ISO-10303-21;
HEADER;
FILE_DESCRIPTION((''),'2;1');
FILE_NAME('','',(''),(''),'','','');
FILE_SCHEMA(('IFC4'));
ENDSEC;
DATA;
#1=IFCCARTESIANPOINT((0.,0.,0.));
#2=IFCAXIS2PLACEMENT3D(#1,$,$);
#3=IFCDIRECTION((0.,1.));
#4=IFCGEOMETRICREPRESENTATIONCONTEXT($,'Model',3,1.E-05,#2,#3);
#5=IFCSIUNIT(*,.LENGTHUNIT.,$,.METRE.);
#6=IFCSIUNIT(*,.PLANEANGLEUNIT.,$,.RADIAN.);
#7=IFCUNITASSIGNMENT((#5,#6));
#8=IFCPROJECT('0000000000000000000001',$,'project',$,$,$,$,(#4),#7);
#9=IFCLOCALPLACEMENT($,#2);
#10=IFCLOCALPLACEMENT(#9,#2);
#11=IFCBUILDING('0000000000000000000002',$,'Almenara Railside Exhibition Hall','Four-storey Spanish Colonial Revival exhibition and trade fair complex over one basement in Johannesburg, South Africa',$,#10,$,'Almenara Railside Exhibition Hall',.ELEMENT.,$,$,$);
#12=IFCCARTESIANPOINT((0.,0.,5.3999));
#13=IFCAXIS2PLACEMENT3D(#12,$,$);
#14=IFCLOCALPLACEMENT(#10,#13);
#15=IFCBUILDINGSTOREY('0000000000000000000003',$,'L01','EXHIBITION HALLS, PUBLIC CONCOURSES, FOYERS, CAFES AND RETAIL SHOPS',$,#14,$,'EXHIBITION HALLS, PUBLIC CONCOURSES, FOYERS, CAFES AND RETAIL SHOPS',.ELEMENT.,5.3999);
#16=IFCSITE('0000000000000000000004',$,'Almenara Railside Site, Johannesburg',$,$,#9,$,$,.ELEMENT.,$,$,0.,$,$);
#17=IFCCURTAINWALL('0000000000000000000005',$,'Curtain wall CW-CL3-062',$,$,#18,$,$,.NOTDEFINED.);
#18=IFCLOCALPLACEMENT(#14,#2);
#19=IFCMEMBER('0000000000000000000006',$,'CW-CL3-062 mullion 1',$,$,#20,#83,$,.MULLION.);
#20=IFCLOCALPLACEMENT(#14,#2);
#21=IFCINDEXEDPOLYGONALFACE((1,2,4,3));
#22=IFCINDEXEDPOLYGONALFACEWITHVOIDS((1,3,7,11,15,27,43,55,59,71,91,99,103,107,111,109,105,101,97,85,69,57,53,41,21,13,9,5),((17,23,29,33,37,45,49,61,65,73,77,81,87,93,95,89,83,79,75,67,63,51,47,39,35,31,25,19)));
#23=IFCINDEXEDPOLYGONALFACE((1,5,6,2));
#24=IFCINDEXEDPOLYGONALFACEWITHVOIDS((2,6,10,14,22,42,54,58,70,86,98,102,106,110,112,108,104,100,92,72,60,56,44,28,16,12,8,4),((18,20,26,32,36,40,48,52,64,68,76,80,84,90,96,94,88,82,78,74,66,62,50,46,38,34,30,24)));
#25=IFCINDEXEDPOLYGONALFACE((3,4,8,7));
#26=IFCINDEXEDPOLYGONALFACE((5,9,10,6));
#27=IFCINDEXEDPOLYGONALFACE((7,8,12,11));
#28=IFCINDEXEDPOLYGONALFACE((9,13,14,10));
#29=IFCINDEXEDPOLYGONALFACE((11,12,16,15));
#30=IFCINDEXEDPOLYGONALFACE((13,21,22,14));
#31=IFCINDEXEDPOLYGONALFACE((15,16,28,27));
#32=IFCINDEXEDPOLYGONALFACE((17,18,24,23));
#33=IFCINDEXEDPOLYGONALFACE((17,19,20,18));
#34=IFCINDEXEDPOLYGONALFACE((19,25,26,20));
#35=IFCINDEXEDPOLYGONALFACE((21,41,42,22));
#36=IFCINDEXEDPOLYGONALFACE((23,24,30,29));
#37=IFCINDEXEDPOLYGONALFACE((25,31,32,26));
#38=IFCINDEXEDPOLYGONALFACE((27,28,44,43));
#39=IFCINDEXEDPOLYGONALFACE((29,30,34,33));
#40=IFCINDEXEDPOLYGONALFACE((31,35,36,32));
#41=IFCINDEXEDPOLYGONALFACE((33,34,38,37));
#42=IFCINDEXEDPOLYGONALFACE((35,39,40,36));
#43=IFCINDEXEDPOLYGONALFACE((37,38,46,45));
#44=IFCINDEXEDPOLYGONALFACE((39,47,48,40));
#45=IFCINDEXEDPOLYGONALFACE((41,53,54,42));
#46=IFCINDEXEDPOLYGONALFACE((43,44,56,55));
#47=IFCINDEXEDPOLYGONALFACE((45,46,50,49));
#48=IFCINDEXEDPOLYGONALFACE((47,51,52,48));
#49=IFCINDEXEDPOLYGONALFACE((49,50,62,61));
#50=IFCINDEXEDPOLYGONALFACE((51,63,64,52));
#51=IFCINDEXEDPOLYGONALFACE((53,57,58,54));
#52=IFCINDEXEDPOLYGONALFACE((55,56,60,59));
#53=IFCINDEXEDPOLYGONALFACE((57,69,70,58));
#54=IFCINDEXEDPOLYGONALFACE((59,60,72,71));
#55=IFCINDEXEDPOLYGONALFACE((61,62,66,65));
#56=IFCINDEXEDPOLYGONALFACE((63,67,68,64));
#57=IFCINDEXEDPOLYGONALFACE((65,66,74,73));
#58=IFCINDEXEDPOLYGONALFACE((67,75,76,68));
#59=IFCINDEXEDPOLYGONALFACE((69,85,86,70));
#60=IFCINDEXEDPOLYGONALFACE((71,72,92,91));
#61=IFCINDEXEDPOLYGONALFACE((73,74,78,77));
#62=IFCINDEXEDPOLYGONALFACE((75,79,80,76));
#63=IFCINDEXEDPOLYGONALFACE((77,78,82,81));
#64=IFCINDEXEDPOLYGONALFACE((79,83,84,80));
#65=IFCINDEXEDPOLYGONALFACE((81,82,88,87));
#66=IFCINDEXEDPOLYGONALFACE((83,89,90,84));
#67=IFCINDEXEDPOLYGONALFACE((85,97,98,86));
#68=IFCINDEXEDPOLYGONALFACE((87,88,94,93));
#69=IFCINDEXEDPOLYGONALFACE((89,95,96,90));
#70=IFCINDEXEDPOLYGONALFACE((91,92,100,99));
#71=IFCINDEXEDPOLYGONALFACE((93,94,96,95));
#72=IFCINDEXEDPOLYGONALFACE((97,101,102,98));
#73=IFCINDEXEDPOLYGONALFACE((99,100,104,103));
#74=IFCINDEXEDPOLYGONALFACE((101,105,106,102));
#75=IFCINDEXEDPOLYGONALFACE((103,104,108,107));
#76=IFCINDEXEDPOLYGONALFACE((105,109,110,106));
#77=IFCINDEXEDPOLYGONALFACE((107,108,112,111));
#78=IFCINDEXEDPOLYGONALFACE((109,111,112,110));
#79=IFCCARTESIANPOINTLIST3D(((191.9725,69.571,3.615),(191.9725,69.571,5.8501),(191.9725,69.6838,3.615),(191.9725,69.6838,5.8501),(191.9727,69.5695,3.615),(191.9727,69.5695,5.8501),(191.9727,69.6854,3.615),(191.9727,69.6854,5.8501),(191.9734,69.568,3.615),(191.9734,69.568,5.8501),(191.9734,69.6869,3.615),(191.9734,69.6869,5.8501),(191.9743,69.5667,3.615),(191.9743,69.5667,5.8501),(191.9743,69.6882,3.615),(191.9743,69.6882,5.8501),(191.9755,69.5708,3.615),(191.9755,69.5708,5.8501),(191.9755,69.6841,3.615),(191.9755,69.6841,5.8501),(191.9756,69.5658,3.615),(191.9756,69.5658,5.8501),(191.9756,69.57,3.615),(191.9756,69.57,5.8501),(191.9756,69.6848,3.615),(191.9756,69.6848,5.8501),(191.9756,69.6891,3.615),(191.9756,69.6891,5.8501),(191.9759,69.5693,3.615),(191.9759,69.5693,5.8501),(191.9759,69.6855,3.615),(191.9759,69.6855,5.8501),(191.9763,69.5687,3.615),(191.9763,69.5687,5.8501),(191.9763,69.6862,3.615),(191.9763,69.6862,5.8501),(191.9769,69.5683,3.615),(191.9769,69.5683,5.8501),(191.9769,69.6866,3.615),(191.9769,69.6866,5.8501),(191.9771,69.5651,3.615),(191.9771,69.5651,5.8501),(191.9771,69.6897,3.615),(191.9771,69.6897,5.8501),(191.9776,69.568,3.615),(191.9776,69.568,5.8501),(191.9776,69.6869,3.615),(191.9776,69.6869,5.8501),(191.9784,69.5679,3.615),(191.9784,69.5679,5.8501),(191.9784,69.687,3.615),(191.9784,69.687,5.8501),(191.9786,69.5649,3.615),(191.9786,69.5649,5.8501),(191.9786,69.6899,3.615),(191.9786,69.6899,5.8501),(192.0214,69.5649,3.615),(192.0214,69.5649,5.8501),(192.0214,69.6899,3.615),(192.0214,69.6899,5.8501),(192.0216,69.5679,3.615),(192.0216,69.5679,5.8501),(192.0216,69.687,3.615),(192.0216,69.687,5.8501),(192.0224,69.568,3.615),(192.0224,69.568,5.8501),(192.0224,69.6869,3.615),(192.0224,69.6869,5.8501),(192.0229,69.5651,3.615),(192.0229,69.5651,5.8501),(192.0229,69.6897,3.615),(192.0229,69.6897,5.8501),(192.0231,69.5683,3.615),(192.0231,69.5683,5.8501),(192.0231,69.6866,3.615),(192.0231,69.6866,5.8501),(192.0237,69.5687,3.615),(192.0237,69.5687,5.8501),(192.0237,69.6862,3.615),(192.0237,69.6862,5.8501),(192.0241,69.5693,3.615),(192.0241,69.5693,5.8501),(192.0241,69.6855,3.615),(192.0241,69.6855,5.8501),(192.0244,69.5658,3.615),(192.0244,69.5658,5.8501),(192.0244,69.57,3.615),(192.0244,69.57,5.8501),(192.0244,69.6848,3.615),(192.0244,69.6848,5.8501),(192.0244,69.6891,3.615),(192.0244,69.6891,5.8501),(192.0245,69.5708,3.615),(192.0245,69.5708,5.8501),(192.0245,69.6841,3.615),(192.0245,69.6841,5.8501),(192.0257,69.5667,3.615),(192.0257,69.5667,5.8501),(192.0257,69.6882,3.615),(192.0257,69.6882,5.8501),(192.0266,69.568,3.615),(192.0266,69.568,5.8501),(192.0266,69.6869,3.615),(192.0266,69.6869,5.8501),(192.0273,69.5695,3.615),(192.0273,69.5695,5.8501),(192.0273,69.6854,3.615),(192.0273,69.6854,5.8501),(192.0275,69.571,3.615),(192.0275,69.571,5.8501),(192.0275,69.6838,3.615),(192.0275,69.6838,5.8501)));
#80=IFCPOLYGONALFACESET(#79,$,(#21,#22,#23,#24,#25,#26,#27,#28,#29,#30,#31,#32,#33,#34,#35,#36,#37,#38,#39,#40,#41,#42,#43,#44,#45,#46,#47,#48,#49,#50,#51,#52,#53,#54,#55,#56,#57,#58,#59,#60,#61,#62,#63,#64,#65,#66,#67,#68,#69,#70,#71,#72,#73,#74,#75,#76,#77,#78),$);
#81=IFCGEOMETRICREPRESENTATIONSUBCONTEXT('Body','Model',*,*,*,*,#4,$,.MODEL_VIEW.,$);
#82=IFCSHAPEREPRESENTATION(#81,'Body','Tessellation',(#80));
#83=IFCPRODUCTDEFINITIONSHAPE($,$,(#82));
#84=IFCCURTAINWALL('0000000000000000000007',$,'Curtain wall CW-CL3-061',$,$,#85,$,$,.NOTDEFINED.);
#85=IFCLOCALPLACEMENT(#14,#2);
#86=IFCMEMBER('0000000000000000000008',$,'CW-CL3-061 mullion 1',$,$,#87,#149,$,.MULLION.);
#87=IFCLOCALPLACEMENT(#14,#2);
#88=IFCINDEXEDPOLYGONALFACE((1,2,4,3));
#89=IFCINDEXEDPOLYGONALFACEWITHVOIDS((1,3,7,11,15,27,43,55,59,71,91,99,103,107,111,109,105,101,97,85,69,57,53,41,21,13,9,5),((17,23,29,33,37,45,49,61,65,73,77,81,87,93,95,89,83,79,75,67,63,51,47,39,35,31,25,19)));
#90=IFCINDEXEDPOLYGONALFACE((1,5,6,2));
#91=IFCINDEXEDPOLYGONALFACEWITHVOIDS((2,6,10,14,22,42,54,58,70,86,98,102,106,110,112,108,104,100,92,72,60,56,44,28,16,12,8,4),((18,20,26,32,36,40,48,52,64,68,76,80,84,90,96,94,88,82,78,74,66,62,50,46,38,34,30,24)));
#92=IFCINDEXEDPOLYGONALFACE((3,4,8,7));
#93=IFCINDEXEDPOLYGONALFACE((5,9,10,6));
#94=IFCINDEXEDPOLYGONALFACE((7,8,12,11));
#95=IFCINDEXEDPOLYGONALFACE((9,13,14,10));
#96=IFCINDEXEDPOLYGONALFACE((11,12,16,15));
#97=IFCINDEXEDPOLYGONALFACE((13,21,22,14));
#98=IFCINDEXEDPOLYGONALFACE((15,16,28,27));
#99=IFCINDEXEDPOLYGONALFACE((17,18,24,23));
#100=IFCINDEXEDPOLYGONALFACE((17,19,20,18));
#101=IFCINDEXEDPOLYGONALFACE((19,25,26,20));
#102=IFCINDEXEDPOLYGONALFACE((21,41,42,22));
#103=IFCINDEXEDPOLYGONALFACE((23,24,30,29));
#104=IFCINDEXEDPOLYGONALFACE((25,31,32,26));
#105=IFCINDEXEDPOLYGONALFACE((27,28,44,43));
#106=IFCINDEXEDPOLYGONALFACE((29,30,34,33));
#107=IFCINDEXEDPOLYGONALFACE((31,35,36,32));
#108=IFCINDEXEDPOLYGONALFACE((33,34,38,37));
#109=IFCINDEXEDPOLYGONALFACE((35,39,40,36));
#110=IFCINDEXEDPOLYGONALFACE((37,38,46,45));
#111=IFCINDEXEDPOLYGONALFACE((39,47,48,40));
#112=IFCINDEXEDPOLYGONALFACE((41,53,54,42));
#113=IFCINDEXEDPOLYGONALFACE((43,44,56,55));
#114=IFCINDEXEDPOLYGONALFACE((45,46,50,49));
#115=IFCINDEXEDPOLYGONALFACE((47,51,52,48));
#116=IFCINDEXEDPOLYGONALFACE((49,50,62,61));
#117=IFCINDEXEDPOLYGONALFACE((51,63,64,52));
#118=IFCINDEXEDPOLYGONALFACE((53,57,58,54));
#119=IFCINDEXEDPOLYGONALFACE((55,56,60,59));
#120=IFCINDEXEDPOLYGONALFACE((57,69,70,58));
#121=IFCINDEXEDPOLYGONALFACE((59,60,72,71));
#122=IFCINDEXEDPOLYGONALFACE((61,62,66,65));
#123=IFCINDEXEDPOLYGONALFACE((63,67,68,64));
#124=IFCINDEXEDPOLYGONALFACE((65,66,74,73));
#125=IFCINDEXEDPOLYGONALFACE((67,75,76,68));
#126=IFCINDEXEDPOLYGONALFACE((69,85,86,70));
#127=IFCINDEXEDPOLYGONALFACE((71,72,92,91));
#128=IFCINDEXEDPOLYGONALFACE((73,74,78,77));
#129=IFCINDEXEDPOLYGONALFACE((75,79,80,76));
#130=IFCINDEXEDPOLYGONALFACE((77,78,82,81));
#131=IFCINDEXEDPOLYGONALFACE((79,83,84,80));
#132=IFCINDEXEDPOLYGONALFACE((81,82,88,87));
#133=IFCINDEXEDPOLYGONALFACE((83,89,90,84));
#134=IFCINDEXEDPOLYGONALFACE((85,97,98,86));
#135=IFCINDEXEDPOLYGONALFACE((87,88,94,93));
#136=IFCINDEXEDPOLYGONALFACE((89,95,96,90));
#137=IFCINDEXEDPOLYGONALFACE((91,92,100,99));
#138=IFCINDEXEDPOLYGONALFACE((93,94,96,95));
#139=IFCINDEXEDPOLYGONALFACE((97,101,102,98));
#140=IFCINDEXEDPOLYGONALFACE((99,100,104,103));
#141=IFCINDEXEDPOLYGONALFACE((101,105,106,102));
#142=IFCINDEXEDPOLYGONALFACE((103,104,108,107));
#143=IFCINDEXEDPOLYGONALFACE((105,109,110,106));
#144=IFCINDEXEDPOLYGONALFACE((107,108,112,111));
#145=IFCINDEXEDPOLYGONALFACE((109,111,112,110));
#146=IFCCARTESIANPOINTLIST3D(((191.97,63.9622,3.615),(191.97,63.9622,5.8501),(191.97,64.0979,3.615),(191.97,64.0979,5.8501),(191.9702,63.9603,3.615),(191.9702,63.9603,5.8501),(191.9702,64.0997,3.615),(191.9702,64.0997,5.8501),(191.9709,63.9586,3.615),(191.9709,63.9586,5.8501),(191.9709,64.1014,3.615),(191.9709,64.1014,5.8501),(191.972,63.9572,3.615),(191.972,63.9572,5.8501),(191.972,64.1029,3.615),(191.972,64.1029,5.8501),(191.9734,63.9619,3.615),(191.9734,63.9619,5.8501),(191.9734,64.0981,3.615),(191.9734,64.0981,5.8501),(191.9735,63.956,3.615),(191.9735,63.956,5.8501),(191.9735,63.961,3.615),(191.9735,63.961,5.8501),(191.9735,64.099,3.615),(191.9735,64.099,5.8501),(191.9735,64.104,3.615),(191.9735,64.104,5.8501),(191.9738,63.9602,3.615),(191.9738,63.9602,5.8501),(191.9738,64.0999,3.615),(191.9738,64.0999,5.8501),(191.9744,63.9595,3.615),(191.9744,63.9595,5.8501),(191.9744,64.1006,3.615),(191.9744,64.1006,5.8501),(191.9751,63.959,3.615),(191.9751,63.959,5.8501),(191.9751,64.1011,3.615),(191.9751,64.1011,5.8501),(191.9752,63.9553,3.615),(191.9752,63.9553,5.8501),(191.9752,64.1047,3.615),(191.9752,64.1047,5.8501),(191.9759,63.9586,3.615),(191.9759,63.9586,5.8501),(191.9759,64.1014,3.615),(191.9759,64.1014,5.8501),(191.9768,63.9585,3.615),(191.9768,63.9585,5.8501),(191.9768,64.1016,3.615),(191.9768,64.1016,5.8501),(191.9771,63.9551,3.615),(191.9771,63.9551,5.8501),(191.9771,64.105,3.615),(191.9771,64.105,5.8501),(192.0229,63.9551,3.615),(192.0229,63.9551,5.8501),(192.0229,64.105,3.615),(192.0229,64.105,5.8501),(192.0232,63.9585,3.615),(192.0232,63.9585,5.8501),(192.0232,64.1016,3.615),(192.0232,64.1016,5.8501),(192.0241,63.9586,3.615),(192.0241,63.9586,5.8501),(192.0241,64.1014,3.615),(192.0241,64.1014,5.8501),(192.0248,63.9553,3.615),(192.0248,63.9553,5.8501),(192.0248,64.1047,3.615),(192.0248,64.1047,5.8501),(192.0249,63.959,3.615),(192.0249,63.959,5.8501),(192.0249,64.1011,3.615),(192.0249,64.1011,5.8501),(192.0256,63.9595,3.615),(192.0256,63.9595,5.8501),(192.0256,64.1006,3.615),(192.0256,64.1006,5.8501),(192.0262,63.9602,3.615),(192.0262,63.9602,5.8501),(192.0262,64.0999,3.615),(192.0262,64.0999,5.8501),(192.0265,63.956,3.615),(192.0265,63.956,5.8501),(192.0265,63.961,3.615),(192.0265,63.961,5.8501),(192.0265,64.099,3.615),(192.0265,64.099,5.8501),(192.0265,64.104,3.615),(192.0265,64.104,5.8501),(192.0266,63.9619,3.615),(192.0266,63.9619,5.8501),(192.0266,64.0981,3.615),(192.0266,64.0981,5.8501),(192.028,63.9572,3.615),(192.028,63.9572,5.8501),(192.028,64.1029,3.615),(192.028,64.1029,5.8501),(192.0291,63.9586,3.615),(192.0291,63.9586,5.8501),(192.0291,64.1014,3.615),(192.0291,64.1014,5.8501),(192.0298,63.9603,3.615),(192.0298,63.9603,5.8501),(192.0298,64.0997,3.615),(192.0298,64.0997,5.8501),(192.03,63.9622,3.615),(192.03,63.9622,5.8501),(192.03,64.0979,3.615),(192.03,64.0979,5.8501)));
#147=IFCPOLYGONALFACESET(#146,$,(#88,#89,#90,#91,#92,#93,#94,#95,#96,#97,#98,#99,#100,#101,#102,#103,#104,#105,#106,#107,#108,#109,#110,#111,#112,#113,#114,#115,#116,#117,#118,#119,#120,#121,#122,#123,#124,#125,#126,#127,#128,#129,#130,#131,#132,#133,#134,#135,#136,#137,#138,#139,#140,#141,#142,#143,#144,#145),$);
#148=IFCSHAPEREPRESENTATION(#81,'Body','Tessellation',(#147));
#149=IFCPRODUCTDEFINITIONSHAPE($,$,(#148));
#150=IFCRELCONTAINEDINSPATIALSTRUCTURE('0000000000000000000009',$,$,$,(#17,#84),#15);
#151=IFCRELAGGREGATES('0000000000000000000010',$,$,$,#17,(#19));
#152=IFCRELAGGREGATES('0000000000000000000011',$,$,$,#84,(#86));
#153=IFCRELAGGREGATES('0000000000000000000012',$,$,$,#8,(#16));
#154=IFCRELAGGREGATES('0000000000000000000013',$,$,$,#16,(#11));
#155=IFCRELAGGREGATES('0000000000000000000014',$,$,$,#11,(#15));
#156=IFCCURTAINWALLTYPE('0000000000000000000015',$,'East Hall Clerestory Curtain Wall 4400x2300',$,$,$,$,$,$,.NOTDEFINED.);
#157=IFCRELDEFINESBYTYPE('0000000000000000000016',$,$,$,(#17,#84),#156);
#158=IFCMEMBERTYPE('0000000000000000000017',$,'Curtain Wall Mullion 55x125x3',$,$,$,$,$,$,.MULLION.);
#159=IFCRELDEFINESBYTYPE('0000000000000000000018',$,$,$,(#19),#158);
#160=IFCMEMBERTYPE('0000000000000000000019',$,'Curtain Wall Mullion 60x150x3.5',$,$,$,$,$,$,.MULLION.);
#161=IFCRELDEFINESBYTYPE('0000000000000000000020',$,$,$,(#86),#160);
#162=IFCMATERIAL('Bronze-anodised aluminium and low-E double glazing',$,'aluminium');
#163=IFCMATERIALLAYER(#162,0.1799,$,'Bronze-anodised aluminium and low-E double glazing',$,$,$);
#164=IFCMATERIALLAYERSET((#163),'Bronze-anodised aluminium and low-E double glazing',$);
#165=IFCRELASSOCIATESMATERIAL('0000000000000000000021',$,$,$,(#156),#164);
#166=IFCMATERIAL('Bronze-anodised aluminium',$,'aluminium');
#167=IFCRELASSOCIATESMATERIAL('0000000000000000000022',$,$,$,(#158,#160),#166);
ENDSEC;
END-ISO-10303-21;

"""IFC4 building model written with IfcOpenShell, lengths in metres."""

from ifc_helpers import new_model, si_unit, direction, frame, origin, origin_2d, place, context, subcontext, project, spatial, hollow_rectangle, extrude, material, layer, layer_set, material_profile, profile_set, type_object, element, aggregate, save


model = new_model("IFC4")

# Units and contexts
model_context = context("Model", 3, precision=1e-05, world=origin(), true_north=direction((0.0, 1.0)))
body_context = subcontext(model_context, "Body", "Model", "MODEL_VIEW")
ifc_project = project(units=[si_unit("LENGTHUNIT", "METRE"), si_unit("PLANEANGLEUNIT", "RADIAN")], contexts=[model_context])

# Site, building, storey
site_placement = place(None, origin())
site = spatial("IfcSite", under=ifc_project, at=site_placement, Name="Almenara Railside Site, Johannesburg", CompositionType="ELEMENT", RefElevation=0.0)
building_placement = place(site_placement, origin())
building = spatial("IfcBuilding", under=site, at=building_placement, Name="Almenara Railside Exhibition Hall", Description="Four-storey Spanish Colonial Revival exhibition and trade fair complex over one basement in Johannesburg, South Africa", LongName="Almenara Railside Exhibition Hall", CompositionType="ELEMENT")
storey_placement = place(building_placement, frame((0.0, 0.0, 5.3999)))
storey = spatial("IfcBuildingStorey", under=building, at=storey_placement, Name="L01", Description="EXHIBITION HALLS, PUBLIC CONCOURSES, FOYERS, CAFES AND RETAIL SHOPS", LongName="EXHIBITION HALLS, PUBLIC CONCOURSES, FOYERS, CAFES AND RETAIL SHOPS", CompositionType="ELEMENT", Elevation=5.3999)

# Curtain wall, member
ifc_material_1 = material(Name="Bronze-anodised aluminium and low-E double glazing", Category="aluminium")
ifc_layer_1 = layer(ifc_material_1, 0.1799, Name="Bronze-anodised aluminium and low-E double glazing")
ifc_layer_set_1 = layer_set([ifc_layer_1], Name="Bronze-anodised aluminium and low-E double glazing")
curtain_wall_type = type_object("IfcCurtainWallType", Name="East Hall Clerestory Curtain Wall 4400x2300", PredefinedType="NOTDEFINED", material=ifc_layer_set_1)
curtain_wall_1_placement = place(storey_placement, origin())
curtain_wall_1 = element("IfcCurtainWall", 1, at=curtain_wall_1_placement, inside=storey, type_object=curtain_wall_type, Name="Curtain wall CW-CL3-062", PredefinedType="NOTDEFINED")
ifc_material_2 = material(Name="Bronze-anodised aluminium", Category="aluminium")
ifc_material_profile_1 = material_profile(ifc_material_2, hollow_rectangle(XDim=0.0549, YDim=0.125, WallThickness=0.0029, InnerFilletRadius=0.0029, OuterFilletRadius=0.0061, at=origin_2d()), Name="ALU-MUL 55x125x3")
ifc_profile_set_1 = profile_set([ifc_material_profile_1], Name="Bronze-anodised aluminium")
member_type_1 = type_object("IfcMemberType", Name="Curtain Wall Mullion 55x125x3", PredefinedType="MULLION", material=ifc_profile_set_1)
member_1_placement = place(storey_placement, frame((192.0, 69.6274, 3.615), z_axis=(0.0, 0.0, 1.0), x_axis=(-1.0, 0.0, 0.0)))
member_1 = element("IfcMember", 2, at=member_1_placement, type_object=member_type_1, Name="CW-CL3-062 mullion 1", PredefinedType="MULLION", context=body_context, shape_type="SweptSolid", body=[
    extrude(hollow_rectangle(XDim=0.0549, YDim=0.125, WallThickness=0.0029, InnerFilletRadius=0.0029, OuterFilletRadius=0.0061, at=origin_2d()), origin(), (0.0, 0.0, 1.0), 2.2351),
])

# Curtain wall, member
curtain_wall_2_placement = place(storey_placement, origin())
curtain_wall_2 = element("IfcCurtainWall", 3, at=curtain_wall_2_placement, inside=storey, type_object=curtain_wall_type, Name="Curtain wall CW-CL3-061", PredefinedType="NOTDEFINED")
ifc_material_profile_2 = material_profile(ifc_material_2, hollow_rectangle(XDim=0.0601, YDim=0.1499, WallThickness=0.0034, InnerFilletRadius=0.0034, OuterFilletRadius=0.0071, at=origin_2d()), Name="ALU-MUL 60x150x3.5")
ifc_profile_set_2 = profile_set([ifc_material_profile_2], Name="Bronze-anodised aluminium")
member_type_2 = type_object("IfcMemberType", Name="Curtain Wall Mullion 60x150x3.5", PredefinedType="MULLION", material=ifc_profile_set_2)
member_2_placement = place(storey_placement, frame((192.0, 64.03, 3.615), z_axis=(0.0, 0.0, 1.0), x_axis=(-1.0, 0.0, 0.0)))
member_2 = element("IfcMember", 4, at=member_2_placement, type_object=member_type_2, Name="CW-CL3-061 mullion 1", PredefinedType="MULLION", context=body_context, shape_type="SweptSolid", body=[
    extrude(hollow_rectangle(XDim=0.0601, YDim=0.1499, WallThickness=0.0034, InnerFilletRadius=0.0034, OuterFilletRadius=0.0071, at=origin_2d()), origin(), (0.0, 0.0, 1.0), 2.2351),
])

aggregate(curtain_wall_1, [member_1])

aggregate(curtain_wall_2, [member_2])

save(model, "model.ifc")
